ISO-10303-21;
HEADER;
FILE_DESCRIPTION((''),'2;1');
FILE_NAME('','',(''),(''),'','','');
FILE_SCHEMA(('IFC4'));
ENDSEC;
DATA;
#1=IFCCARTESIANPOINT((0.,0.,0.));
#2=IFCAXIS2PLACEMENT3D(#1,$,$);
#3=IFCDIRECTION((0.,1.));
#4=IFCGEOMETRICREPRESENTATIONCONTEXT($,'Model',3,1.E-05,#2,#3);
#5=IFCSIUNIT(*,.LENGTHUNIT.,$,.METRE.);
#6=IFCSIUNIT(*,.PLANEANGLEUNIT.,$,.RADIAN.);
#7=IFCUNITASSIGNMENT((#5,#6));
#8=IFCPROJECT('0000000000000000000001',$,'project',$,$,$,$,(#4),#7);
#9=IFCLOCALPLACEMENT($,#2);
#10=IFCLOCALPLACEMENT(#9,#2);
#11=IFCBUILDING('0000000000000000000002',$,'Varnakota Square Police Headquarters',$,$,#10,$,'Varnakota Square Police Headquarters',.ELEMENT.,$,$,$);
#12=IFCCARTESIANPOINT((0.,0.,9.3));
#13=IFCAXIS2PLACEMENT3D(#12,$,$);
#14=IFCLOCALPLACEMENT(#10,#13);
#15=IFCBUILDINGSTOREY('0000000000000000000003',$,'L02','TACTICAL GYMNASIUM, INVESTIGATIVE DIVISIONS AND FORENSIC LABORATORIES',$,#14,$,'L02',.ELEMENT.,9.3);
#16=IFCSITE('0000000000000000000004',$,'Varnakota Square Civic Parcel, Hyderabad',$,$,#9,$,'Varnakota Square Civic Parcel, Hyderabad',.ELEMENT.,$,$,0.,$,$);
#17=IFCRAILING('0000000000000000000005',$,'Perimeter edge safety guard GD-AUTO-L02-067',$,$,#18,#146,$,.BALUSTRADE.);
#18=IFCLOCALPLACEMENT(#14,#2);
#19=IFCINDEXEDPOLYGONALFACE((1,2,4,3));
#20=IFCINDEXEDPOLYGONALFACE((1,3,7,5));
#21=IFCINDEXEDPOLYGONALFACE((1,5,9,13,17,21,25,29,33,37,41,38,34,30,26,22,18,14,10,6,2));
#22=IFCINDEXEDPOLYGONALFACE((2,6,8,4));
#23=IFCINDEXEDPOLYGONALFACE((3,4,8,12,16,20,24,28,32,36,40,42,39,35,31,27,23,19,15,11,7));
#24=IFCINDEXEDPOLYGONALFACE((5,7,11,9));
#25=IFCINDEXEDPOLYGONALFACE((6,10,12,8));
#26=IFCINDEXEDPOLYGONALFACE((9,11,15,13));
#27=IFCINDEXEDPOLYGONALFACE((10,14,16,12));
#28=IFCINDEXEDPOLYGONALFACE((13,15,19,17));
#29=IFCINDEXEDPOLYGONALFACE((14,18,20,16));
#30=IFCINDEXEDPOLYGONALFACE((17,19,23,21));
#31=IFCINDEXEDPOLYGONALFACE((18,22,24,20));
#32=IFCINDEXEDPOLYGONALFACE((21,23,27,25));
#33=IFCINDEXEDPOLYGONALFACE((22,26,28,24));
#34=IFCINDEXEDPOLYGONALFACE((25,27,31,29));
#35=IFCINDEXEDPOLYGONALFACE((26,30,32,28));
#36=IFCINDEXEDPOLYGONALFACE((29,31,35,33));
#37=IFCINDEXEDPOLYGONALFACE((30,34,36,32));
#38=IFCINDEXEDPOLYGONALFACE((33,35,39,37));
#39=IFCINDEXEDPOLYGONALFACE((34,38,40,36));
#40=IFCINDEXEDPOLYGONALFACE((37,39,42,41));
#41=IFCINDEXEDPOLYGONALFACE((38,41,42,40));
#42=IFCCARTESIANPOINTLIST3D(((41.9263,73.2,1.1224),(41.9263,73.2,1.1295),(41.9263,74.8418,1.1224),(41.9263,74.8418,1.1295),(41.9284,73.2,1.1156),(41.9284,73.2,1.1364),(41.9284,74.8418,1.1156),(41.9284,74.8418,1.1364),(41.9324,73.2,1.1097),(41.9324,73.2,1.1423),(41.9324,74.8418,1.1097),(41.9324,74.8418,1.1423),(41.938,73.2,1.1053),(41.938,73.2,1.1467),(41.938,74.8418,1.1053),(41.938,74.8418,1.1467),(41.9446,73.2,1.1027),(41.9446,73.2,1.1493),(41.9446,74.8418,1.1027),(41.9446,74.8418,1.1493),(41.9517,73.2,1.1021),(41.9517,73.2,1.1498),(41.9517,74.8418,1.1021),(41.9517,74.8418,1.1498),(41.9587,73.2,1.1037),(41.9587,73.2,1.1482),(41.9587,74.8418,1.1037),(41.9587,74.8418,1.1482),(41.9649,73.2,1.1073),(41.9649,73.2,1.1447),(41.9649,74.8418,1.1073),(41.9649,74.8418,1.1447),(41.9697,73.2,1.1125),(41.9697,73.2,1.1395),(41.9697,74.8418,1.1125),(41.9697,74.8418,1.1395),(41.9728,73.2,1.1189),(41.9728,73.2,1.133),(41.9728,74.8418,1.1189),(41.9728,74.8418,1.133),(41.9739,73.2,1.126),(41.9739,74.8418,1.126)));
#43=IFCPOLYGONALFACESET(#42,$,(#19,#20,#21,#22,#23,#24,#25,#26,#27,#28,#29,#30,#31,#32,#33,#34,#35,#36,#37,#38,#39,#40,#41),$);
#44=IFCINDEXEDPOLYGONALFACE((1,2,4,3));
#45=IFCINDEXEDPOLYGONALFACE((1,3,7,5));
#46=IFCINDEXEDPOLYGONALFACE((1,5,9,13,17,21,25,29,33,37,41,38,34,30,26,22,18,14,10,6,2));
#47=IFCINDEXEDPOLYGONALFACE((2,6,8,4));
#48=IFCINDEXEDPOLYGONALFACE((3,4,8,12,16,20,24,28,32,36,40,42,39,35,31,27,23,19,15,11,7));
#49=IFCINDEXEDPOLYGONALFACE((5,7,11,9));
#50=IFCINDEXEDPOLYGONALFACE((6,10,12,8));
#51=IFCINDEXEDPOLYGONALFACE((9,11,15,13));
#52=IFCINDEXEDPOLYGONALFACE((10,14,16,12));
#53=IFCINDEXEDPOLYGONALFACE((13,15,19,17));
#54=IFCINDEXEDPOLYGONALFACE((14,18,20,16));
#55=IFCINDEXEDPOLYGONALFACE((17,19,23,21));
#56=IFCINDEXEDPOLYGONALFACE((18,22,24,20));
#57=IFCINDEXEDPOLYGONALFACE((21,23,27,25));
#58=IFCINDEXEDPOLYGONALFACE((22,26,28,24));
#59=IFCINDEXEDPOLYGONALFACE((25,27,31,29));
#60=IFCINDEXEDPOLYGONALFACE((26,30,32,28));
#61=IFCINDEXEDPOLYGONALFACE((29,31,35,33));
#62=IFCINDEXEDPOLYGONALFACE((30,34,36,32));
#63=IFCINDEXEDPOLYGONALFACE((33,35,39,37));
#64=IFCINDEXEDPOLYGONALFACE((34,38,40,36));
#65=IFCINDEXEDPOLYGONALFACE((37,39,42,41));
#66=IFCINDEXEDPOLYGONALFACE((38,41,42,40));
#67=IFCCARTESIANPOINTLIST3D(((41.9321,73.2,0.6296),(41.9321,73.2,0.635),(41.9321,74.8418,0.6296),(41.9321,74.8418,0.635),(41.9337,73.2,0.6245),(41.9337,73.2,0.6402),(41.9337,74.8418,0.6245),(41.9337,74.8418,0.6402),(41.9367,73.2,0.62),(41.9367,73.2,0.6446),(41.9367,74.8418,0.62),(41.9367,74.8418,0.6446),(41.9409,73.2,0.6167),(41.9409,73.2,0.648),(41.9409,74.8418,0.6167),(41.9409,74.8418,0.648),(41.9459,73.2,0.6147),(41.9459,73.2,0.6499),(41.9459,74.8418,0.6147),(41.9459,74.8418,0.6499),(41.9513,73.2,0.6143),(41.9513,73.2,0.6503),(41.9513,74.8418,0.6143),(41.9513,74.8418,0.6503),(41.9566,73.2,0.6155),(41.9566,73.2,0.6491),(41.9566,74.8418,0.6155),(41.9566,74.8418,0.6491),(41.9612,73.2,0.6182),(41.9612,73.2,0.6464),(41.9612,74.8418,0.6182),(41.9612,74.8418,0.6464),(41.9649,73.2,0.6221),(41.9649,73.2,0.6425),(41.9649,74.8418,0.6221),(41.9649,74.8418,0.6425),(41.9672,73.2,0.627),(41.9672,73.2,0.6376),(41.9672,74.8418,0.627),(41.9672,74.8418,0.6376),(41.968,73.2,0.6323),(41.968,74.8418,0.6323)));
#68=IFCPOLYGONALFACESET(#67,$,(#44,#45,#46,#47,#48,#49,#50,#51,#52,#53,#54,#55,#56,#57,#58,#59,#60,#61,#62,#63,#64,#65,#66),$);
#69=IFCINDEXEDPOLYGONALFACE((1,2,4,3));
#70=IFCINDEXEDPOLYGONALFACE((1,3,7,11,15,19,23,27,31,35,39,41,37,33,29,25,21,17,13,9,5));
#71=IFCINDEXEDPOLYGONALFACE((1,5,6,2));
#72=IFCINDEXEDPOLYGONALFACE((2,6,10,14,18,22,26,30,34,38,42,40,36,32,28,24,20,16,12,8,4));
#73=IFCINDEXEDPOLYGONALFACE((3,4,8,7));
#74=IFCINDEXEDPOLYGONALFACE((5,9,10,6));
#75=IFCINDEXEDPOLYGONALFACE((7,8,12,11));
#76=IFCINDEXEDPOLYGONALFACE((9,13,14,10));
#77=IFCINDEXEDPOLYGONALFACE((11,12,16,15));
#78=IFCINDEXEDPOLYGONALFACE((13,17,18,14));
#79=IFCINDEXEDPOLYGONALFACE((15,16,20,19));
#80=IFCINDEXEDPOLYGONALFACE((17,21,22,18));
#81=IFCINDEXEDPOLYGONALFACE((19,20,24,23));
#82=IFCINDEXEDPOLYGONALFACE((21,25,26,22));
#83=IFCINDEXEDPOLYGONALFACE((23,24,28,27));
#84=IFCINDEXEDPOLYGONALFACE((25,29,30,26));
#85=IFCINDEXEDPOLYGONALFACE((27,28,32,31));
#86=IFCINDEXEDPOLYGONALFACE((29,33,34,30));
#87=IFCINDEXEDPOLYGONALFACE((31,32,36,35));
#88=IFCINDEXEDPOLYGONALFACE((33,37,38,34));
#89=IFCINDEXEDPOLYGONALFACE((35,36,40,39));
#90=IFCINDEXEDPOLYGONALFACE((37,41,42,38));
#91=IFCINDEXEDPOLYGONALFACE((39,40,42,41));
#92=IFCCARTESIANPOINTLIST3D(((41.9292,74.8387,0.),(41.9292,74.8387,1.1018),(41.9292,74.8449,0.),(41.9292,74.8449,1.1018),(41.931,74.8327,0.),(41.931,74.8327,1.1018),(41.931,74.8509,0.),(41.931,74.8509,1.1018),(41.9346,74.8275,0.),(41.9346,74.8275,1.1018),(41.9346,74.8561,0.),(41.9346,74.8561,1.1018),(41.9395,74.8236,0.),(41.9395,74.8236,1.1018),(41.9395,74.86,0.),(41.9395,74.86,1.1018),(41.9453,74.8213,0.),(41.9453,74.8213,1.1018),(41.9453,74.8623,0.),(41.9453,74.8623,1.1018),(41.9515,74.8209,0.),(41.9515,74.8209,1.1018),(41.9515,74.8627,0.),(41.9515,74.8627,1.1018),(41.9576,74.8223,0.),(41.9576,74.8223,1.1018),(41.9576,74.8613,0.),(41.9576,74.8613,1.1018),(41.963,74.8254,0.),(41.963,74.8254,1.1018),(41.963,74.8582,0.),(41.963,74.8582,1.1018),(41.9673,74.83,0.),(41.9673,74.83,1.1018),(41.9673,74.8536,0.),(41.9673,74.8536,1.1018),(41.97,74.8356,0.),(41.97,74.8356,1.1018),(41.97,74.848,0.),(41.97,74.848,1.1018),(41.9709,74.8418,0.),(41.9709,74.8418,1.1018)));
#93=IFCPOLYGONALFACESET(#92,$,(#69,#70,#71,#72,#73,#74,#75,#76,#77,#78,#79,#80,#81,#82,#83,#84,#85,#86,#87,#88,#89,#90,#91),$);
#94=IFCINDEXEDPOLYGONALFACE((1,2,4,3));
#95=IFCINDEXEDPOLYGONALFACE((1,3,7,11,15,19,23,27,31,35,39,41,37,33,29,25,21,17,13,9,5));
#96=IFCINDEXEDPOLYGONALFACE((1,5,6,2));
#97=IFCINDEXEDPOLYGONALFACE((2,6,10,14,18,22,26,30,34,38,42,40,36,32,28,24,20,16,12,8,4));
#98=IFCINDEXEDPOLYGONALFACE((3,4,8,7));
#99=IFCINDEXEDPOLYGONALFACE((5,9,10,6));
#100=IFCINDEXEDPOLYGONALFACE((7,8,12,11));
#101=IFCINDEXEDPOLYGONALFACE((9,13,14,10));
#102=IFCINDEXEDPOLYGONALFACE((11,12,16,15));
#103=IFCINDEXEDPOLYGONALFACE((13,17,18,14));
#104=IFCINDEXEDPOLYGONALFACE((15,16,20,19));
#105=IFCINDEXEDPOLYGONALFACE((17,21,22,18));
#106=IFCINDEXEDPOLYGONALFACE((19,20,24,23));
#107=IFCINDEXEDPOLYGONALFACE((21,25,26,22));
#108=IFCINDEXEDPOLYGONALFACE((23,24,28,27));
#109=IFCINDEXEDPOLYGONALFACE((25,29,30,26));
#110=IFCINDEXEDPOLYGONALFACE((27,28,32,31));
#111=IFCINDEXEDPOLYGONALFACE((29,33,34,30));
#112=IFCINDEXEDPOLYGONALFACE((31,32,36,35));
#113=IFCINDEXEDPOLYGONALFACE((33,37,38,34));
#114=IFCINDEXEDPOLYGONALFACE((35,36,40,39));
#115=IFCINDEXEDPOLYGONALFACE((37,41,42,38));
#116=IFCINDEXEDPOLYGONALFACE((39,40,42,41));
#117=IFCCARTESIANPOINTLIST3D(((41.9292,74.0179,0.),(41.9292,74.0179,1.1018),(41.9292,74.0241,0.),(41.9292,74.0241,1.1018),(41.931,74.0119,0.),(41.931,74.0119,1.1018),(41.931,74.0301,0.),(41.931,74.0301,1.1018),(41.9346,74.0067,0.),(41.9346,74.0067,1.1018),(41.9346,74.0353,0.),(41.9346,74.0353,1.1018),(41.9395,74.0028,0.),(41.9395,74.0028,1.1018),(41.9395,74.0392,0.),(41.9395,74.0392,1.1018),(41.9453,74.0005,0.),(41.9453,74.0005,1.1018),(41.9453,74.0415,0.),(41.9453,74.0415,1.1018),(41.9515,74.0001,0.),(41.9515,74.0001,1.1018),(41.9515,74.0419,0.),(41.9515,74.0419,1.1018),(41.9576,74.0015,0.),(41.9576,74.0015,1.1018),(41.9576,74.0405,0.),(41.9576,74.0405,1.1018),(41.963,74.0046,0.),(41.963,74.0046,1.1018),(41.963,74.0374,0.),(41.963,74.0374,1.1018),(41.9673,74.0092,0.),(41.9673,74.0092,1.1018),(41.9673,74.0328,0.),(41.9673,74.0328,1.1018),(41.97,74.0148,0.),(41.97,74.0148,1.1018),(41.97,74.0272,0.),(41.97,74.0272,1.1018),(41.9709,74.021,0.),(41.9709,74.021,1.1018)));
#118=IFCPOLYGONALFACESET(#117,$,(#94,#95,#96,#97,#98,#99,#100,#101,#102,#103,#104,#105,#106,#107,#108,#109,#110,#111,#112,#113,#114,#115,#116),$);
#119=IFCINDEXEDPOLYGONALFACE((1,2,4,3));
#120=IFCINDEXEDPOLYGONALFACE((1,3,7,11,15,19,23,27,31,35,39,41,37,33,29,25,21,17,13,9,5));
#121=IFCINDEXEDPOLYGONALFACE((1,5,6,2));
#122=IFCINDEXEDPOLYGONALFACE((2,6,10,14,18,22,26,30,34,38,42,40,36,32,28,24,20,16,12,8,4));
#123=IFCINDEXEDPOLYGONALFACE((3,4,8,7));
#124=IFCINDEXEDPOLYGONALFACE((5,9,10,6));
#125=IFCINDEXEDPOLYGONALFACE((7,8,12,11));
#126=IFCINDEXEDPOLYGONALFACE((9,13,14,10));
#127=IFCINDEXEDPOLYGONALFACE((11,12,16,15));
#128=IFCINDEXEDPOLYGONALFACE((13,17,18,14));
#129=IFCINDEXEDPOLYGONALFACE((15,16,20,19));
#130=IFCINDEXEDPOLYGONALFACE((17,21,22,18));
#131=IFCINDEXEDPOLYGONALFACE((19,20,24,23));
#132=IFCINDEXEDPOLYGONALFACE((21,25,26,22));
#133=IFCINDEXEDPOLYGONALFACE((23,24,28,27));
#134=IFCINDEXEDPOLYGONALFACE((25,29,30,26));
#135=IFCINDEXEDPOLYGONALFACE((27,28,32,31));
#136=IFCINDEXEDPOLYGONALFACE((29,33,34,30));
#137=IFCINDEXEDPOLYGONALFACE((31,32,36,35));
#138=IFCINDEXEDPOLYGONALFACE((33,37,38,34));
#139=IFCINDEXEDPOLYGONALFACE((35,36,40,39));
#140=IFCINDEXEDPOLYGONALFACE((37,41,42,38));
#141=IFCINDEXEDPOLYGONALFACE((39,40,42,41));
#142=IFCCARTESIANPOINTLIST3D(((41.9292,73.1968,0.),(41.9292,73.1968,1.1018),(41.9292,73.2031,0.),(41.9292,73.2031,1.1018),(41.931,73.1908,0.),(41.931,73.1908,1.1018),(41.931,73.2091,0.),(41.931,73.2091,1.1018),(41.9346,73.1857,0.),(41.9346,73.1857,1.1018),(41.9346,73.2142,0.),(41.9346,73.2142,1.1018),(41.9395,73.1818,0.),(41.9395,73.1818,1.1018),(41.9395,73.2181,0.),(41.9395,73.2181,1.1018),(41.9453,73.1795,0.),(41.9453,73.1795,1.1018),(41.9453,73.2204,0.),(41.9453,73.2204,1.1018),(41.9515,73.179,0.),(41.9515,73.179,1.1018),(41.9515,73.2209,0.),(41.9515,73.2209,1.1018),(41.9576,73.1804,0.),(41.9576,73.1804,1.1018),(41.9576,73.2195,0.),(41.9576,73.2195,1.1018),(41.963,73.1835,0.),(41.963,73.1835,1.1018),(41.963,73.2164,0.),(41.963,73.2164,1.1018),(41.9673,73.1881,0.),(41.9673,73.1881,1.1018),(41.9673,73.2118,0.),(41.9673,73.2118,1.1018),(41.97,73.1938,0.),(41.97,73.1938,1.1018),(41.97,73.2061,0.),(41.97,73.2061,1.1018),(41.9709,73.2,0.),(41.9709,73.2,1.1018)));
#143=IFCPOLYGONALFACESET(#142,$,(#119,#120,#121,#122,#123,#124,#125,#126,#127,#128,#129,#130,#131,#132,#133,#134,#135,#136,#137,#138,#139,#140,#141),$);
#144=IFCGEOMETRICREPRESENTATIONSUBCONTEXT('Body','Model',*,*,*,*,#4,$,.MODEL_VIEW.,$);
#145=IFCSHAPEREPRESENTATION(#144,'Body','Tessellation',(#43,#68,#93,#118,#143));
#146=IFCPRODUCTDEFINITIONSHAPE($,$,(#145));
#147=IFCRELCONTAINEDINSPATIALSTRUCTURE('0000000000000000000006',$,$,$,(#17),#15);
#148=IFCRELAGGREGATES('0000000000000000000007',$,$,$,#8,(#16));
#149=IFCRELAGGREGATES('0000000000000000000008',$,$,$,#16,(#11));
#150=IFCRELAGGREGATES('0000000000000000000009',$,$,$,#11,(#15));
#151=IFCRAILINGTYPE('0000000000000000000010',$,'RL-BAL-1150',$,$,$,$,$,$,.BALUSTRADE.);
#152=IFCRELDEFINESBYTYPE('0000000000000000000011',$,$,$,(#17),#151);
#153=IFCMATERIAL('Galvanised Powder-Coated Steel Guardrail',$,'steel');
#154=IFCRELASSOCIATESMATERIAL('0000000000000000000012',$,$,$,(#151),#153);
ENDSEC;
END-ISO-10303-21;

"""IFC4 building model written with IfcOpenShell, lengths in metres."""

from ifc_helpers import new_model, si_unit, direction, frame, origin, origin_2d, place, context, subcontext, project, spatial, circle, extrude, material, type_object, element, save


model = new_model("IFC4")

# Units and contexts
model_context = context("Model", 3, precision=1e-05, world=origin(), true_north=direction((0.0, 1.0)))
body_context = subcontext(model_context, "Body", "Model", "MODEL_VIEW")
ifc_project = project(units=[si_unit("LENGTHUNIT", "METRE"), si_unit("PLANEANGLEUNIT", "RADIAN")], contexts=[model_context])

# Site, building, storey
site_placement = place(None, origin())
site = spatial("IfcSite", under=ifc_project, at=site_placement, Name="Varnakota Square Civic Parcel, Hyderabad", LongName="Varnakota Square Civic Parcel, Hyderabad", CompositionType="ELEMENT", RefElevation=0.0)
building_placement = place(site_placement, origin())
building = spatial("IfcBuilding", under=site, at=building_placement, Name="Varnakota Square Police Headquarters", LongName="Varnakota Square Police Headquarters", CompositionType="ELEMENT")
storey_placement = place(building_placement, frame((0.0, 0.0, 9.3)))
storey = spatial("IfcBuildingStorey", under=building, at=storey_placement, Name="L02", Description="TACTICAL GYMNASIUM, INVESTIGATIVE DIVISIONS AND FORENSIC LABORATORIES", LongName="L02", CompositionType="ELEMENT", Elevation=9.3)

# Railing
ifc_material_1 = material(Name="Galvanised Powder-Coated Steel Guardrail", Category="steel")
railing_type = type_object("IfcRailingType", Name="RL-BAL-1150", PredefinedType="BALUSTRADE", material=ifc_material_1)
railing_1_placement = place(storey_placement, frame((41.95, 74.8418, 0.0)))
element("IfcRailing", 1, at=railing_1_placement, inside=storey, type_object=railing_type, Name="Perimeter edge safety guard GD-AUTO-L02-067", PredefinedType="BALUSTRADE", context=body_context, shape_type="SweptSolid", body=[
    extrude(circle(Radius=0.0239, at=origin_2d()), frame((0.0, 0.0, 1.126), z_axis=(0.0, -1.0, 0.0), x_axis=(1.0, 0.0, 0.0)), (0.0, 0.0, 1.0), 1.6418),
    extrude(circle(Radius=0.0181, at=origin_2d()), frame((0.0, 0.0, 0.6323), z_axis=(0.0, -1.0, 0.0), x_axis=(1.0, 0.0, 0.0)), (0.0, 0.0, 1.0), 1.6418),
    extrude(circle(Radius=0.021, at=origin_2d()), origin(), (0.0, 0.0, 1.0), 1.1018),
    extrude(circle(Radius=0.021, at=origin_2d()), frame((0.0, -0.8208, 0.0)), (0.0, 0.0, 1.0), 1.1018),
    extrude(circle(Radius=0.021, at=origin_2d()), frame((0.0, -1.6418, 0.0)), (0.0, 0.0, 1.0), 1.1018),
])

save(model, "model.ifc")
